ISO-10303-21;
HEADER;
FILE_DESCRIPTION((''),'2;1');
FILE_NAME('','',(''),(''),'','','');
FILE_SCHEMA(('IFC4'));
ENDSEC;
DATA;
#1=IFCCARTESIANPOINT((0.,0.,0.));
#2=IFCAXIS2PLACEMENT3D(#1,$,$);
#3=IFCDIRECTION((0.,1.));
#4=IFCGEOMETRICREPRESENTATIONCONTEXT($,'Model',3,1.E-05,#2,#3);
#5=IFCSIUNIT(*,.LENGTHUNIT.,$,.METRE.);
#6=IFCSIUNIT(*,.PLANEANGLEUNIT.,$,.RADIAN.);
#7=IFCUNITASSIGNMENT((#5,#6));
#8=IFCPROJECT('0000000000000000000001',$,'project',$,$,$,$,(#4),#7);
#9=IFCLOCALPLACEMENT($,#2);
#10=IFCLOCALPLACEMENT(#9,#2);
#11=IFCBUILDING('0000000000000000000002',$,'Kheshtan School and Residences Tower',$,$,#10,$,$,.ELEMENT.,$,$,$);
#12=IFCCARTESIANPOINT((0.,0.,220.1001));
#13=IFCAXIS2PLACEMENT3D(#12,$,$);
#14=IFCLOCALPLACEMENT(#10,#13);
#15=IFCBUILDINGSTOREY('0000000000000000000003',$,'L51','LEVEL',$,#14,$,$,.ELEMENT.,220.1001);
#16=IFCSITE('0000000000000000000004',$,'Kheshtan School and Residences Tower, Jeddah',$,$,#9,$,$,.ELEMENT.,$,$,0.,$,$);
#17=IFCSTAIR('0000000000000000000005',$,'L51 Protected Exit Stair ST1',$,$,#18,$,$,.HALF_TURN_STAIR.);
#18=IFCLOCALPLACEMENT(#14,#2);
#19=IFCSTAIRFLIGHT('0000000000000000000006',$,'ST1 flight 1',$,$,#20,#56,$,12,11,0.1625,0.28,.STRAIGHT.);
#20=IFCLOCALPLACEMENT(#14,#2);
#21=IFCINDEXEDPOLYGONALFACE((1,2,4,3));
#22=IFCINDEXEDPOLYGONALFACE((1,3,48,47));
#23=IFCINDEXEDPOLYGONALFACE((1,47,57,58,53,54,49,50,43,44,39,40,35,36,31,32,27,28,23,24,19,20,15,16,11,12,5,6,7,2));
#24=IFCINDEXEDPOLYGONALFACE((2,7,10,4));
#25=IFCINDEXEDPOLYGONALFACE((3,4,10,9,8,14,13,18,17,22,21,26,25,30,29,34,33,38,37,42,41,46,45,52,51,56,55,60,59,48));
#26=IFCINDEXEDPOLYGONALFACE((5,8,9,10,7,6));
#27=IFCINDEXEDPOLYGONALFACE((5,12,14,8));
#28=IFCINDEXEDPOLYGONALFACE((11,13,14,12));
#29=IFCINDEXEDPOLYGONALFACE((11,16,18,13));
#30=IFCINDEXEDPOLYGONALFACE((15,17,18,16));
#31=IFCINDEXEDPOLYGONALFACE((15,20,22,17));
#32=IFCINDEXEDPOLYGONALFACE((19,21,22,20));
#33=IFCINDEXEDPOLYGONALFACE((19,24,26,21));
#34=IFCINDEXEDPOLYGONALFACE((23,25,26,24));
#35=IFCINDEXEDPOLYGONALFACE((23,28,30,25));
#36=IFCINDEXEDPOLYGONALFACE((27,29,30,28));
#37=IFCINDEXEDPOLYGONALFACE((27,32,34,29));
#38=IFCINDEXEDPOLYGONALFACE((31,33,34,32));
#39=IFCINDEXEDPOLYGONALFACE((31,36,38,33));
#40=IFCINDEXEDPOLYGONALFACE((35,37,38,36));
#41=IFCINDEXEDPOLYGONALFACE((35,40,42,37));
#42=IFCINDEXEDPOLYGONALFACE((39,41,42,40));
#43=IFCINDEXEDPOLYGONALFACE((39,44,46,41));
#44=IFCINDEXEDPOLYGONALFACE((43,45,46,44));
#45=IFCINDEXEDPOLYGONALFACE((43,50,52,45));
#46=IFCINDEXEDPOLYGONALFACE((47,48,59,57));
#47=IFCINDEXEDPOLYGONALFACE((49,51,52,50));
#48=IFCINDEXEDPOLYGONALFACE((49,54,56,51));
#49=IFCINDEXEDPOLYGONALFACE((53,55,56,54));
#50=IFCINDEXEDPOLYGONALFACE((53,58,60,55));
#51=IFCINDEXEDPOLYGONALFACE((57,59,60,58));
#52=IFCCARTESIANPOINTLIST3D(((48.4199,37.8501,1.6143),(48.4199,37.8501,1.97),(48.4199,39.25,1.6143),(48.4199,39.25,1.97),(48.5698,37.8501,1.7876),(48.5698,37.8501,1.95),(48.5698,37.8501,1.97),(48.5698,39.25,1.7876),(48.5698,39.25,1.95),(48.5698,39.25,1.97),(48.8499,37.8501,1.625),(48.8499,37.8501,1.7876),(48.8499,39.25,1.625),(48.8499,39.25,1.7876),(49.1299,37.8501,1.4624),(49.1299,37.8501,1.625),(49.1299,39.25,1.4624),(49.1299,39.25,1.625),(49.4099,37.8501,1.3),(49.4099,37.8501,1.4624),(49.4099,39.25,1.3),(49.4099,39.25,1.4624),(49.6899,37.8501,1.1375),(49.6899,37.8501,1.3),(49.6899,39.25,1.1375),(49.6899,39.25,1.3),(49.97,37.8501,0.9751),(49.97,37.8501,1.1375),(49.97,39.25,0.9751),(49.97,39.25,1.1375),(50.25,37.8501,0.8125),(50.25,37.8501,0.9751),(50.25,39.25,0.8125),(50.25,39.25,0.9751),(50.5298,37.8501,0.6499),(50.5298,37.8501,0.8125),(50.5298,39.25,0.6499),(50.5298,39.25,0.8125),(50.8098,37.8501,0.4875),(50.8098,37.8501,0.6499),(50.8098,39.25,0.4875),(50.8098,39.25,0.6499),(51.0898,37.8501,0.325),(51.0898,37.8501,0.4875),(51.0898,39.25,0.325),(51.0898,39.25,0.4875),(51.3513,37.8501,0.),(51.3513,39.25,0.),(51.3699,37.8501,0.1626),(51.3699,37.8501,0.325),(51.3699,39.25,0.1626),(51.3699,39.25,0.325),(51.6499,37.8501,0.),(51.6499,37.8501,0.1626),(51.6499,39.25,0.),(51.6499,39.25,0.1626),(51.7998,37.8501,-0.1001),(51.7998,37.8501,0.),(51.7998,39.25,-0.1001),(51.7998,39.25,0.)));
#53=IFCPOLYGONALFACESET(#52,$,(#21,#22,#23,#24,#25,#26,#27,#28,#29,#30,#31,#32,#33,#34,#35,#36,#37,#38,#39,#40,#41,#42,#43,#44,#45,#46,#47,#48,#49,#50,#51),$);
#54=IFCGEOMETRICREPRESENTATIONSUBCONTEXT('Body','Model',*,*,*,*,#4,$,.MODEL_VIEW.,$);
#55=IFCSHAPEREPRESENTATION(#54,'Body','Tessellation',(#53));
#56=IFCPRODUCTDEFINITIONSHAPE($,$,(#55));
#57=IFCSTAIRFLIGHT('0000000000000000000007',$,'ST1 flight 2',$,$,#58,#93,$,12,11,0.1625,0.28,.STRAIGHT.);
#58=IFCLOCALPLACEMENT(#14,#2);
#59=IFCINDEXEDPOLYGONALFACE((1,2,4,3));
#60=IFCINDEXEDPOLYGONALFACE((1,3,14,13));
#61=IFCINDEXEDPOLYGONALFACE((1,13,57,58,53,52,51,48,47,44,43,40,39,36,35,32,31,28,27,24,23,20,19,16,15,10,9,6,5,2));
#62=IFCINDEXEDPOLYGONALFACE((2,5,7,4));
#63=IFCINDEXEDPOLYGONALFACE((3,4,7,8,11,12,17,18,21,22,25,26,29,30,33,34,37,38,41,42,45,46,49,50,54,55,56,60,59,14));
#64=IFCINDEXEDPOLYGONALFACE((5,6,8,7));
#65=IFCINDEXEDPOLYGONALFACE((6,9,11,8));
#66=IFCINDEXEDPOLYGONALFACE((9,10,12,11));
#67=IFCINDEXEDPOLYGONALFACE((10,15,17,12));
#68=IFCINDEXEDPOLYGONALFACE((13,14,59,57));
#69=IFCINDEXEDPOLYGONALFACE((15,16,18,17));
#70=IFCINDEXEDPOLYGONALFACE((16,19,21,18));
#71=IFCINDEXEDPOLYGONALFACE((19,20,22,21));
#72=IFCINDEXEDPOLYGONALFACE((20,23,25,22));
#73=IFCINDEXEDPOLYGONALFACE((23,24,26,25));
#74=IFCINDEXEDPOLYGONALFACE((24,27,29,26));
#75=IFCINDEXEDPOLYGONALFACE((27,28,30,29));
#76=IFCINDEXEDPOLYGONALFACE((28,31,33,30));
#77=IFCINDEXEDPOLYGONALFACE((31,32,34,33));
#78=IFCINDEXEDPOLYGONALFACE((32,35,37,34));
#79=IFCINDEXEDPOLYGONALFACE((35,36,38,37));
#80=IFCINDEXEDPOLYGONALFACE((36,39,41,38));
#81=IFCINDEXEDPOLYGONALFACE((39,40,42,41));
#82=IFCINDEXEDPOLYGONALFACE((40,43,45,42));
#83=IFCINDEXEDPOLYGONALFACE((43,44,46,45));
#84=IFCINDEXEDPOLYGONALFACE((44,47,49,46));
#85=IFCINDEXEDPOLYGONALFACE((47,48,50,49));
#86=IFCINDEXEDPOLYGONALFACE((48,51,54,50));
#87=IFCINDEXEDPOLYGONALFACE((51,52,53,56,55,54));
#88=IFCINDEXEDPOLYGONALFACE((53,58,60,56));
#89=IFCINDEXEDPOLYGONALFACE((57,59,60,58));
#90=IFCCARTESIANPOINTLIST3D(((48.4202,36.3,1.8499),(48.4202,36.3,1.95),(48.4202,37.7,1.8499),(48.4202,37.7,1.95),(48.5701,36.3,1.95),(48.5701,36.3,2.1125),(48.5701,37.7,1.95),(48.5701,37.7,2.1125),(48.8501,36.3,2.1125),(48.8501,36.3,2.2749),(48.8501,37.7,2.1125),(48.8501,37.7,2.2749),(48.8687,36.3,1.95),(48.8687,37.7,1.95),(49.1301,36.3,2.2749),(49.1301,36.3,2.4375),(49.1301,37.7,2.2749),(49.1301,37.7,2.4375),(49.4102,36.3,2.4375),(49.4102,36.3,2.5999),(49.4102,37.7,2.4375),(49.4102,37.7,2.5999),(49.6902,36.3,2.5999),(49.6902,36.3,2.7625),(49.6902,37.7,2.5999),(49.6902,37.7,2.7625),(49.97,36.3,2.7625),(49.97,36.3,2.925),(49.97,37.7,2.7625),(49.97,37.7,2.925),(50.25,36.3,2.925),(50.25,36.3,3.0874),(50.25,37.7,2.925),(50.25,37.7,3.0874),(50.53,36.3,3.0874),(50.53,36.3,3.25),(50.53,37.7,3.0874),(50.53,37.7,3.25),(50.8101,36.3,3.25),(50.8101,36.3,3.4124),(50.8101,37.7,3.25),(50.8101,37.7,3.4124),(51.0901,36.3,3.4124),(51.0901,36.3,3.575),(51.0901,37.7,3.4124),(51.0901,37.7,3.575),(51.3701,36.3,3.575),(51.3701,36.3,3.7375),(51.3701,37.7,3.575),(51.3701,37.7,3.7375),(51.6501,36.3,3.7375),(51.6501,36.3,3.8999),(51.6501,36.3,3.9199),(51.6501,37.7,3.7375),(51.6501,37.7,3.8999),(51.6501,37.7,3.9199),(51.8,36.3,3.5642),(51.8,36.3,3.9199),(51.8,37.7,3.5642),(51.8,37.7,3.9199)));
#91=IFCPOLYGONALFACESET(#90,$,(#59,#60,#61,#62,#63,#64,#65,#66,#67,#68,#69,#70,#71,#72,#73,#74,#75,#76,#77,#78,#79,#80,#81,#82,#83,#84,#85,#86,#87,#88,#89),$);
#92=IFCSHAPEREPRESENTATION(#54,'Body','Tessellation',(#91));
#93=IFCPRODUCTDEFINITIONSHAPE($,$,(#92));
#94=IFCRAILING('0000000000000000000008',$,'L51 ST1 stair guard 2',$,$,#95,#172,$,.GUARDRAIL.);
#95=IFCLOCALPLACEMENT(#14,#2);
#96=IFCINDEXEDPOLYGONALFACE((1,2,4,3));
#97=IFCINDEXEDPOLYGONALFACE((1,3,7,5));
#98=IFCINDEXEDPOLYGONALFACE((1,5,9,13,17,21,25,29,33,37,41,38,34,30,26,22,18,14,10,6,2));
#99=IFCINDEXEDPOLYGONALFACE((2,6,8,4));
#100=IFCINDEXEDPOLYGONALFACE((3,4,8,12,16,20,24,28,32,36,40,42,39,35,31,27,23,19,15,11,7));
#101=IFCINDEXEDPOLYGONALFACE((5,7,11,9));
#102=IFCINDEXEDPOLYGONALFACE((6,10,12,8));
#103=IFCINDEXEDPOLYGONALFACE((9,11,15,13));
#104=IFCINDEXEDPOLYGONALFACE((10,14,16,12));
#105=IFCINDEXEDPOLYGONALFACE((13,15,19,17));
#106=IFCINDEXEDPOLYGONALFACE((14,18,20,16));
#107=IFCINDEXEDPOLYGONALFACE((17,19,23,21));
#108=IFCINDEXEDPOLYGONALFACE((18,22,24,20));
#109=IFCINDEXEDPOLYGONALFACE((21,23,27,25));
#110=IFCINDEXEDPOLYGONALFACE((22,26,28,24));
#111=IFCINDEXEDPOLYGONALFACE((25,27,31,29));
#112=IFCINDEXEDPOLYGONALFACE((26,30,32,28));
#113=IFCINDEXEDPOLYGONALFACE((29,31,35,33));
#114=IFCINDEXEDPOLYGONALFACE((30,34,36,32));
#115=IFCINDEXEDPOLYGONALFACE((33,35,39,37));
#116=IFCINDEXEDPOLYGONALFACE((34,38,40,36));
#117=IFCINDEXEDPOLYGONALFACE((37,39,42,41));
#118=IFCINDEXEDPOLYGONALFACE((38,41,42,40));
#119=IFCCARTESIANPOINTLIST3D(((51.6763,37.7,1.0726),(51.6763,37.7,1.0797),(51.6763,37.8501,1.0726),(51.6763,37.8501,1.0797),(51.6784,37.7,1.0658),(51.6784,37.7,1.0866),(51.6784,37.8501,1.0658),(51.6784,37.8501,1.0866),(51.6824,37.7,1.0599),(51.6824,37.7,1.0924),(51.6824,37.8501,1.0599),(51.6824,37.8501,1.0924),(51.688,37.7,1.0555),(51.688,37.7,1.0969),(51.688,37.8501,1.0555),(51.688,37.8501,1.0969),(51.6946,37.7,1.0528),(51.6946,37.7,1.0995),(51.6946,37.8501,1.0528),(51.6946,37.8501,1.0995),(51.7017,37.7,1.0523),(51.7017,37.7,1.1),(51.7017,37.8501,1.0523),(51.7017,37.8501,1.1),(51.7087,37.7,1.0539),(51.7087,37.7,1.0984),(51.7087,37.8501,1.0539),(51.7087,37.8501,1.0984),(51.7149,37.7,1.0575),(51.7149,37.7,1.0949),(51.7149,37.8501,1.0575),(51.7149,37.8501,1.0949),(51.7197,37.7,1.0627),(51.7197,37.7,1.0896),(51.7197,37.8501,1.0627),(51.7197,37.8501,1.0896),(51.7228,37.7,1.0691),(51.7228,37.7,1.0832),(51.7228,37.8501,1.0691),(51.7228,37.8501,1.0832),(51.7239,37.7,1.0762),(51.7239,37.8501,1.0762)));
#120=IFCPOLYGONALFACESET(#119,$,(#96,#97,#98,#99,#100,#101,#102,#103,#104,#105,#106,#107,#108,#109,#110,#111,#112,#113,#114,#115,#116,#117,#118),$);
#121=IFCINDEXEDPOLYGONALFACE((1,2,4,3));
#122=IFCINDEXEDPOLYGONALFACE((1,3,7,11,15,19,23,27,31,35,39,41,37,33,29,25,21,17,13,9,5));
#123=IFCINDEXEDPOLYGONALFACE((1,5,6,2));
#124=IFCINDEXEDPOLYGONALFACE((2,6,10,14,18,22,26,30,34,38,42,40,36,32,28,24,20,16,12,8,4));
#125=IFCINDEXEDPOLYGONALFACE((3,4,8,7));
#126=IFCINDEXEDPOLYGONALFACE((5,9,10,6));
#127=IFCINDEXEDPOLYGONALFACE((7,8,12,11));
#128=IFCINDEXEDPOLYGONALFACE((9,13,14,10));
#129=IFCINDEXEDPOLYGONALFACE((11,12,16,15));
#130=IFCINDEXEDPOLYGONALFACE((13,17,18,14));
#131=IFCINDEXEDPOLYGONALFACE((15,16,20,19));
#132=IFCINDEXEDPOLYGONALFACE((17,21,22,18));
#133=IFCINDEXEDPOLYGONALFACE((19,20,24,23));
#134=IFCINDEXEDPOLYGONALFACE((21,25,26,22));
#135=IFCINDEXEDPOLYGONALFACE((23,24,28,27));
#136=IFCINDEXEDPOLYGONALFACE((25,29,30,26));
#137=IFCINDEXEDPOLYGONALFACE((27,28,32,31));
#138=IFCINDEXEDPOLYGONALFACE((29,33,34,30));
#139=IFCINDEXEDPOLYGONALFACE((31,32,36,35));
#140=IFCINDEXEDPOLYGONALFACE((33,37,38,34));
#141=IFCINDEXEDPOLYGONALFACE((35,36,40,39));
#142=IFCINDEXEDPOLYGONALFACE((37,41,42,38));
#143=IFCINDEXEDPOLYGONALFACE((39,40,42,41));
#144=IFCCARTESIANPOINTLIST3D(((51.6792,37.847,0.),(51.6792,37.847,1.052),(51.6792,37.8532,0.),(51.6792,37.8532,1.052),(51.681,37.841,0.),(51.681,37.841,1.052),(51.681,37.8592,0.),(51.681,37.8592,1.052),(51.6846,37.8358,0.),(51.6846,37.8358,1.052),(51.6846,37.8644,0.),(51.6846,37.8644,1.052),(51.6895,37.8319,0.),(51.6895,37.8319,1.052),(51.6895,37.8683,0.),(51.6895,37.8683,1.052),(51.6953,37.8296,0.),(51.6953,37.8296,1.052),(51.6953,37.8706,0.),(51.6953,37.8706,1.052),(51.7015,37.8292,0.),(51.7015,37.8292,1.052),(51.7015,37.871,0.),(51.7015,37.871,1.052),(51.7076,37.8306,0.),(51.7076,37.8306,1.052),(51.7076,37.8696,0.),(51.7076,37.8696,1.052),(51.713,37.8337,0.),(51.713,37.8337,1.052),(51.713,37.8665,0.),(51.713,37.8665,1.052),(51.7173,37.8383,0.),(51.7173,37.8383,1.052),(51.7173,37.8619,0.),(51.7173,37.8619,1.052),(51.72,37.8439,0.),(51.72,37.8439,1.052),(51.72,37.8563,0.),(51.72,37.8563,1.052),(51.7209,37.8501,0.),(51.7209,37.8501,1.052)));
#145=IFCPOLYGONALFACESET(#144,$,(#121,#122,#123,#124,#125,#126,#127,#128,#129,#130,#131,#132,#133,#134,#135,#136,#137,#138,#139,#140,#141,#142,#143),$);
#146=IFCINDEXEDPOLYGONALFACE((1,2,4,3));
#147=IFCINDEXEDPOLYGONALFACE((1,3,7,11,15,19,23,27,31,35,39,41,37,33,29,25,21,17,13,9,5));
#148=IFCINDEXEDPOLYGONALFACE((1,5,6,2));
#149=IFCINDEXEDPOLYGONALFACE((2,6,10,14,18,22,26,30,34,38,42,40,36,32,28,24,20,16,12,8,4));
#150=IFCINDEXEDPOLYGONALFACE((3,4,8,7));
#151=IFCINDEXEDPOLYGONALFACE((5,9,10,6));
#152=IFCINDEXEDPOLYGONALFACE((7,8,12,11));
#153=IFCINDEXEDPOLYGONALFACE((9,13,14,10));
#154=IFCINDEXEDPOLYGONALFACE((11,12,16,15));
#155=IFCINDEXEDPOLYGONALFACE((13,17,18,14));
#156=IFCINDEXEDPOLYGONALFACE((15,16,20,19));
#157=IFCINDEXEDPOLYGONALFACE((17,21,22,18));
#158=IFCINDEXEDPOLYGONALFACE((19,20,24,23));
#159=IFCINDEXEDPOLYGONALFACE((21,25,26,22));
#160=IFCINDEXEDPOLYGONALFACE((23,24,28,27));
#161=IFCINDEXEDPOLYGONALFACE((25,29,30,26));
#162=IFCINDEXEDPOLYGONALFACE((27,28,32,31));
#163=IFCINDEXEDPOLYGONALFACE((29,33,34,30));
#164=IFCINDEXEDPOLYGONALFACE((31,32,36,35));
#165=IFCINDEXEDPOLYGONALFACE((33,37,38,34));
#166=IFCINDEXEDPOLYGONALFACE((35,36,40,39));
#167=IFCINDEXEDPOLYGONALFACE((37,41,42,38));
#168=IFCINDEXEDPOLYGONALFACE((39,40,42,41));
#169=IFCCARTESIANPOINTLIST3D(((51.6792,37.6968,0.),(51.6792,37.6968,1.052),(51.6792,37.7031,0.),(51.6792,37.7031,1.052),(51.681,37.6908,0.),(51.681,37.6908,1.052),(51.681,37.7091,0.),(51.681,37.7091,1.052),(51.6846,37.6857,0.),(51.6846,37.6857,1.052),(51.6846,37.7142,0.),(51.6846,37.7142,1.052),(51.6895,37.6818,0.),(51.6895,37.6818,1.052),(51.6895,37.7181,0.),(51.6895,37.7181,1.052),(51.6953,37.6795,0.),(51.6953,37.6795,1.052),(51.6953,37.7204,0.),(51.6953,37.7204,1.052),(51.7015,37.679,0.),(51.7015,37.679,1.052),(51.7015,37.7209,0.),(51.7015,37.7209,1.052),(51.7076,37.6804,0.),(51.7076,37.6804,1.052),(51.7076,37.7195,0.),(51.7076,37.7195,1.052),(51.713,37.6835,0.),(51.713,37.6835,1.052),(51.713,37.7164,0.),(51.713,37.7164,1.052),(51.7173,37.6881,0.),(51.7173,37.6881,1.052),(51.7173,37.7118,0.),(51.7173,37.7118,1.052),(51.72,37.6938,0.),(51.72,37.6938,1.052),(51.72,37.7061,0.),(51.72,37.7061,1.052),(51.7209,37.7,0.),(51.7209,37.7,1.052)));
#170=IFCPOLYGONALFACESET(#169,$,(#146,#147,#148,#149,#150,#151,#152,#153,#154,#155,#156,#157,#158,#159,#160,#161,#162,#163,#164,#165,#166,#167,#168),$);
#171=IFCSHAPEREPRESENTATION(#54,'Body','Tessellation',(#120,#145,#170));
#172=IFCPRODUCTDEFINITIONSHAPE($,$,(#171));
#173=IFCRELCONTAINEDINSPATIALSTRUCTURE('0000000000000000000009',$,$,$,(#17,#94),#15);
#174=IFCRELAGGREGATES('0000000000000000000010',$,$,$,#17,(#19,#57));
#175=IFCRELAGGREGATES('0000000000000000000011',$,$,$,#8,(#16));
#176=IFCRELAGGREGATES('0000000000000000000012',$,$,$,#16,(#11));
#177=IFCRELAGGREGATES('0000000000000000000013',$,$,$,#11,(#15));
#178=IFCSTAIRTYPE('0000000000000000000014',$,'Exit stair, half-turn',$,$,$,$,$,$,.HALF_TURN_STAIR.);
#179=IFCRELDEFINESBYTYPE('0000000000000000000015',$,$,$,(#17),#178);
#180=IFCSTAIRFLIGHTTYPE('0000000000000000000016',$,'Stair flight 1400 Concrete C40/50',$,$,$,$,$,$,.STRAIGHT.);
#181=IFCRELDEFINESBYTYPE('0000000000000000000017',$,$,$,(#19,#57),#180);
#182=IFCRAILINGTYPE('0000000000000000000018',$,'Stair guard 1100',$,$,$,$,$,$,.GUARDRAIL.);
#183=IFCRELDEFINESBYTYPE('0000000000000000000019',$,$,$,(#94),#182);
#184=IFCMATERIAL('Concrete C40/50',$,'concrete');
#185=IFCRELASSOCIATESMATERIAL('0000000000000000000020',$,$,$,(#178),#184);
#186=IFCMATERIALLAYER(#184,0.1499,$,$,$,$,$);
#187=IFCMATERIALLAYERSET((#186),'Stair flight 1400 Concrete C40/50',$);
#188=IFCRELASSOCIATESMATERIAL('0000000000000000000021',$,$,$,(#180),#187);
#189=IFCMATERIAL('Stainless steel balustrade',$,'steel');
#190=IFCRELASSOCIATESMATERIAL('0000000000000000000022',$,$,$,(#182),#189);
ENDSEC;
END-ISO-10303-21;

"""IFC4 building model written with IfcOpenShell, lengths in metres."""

from ifc_helpers import new_model, si_unit, direction, frame, origin, origin_2d, place, context, subcontext, project, spatial, polyline, circle, outline, extrude, material, layer, layer_set, type_object, element, aggregate, save


model = new_model("IFC4")

# Units and contexts
model_context = context("Model", 3, precision=1e-05, world=origin(), true_north=direction((0.0, 1.0)))
body_context = subcontext(model_context, "Body", "Model", "MODEL_VIEW")
ifc_project = project(units=[si_unit("LENGTHUNIT", "METRE"), si_unit("PLANEANGLEUNIT", "RADIAN")], contexts=[model_context])

# Site, building, storey
site_placement = place(None, origin())
site = spatial("IfcSite", under=ifc_project, at=site_placement, Name="Kheshtan School and Residences Tower, Jeddah", CompositionType="ELEMENT", RefElevation=0.0)
building_placement = place(site_placement, origin())
building = spatial("IfcBuilding", under=site, at=building_placement, Name="Kheshtan School and Residences Tower", CompositionType="ELEMENT")
storey_placement = place(building_placement, frame((0.0, 0.0, 220.1001)))
storey = spatial("IfcBuildingStorey", under=building, at=storey_placement, Name="L51", Description="LEVEL", CompositionType="ELEMENT", Elevation=220.1001)

# Shared definitions
ifc_material_1 = material(Name="Concrete C40/50", Category="concrete")

# Stair, stair flights
stair_type = type_object("IfcStairType", Name="Exit stair, half-turn", PredefinedType="HALF_TURN_STAIR", material=ifc_material_1)
stair_placement = place(storey_placement, origin())
stair = element("IfcStair", 1, at=stair_placement, inside=storey, type_object=stair_type, Name="L51 Protected Exit Stair ST1", PredefinedType="HALF_TURN_STAIR")
ifc_layer_1 = layer(ifc_material_1, 0.1499)
ifc_layer_set_1 = layer_set([ifc_layer_1], Name="Stair flight 1400 Concrete C40/50")
stair_flight_type = type_object("IfcStairFlightType", Name="Stair flight 1400 Concrete C40/50", PredefinedType="STRAIGHT", material=ifc_layer_set_1)
stair_flight_1_placement = place(storey_placement, frame((51.6499, 38.55, 0.0), z_axis=(0.0, 0.0, 1.0), x_axis=(-1.0, 0.0, 0.0)))
stair_flight_1 = element("IfcStairFlight", 2, at=stair_flight_1_placement, type_object=stair_flight_type, Name="ST1 flight 1", NumberOfRisers=12, NumberOfTreads=11, PredefinedType="STRAIGHT", RiserHeight=0.1625, TreadLength=0.28, context=body_context, shape_type="SweptSolid", body=[
    extrude(outline(polyline([(-0.1499, -0.1001), (-0.1499, 0.0), (0.0, 0.0), (0.0, 0.1626), (0.28, 0.1626), (0.28, 0.325), (0.5601, 0.325), (0.5601, 0.4875), (0.8401, 0.4875), (0.8401, 0.6499), (1.1201, 0.6499), (1.1201, 0.8125), (1.3999, 0.8125), (1.3999, 0.9751), (1.6799, 0.9751), (1.6799, 1.1375), (1.96, 1.1375), (1.96, 1.3), (2.24, 1.3), (2.24, 1.4624), (2.52, 1.4624), (2.52, 1.625), (2.8, 1.625), (2.8, 1.7876), (3.0801, 1.7876), (3.0801, 1.95), (3.0801, 1.97), (3.23, 1.97), (3.23, 1.6143), (0.2986, 0.0), (-0.1499, -0.1001)])), frame((0.0, 0.7, 0.0), z_axis=(0.0, -1.0, 0.0), x_axis=(1.0, 0.0, 0.0)), (0.0, 0.0, 1.0), 1.3999),
])
stair_flight_2_placement = place(storey_placement, frame((48.5701, 37.0, 1.95), z_axis=(0.0, 0.0, 1.0), x_axis=(1.0, 0.0, 0.0)))
stair_flight_2 = element("IfcStairFlight", 3, at=stair_flight_2_placement, type_object=stair_flight_type, Name="ST1 flight 2", NumberOfRisers=12, NumberOfTreads=11, PredefinedType="STRAIGHT", RiserHeight=0.1625, TreadLength=0.28, context=body_context, shape_type="SweptSolid", body=[
    extrude(outline(polyline([(-0.1499, -0.1001), (-0.1499, 0.0), (0.0, 0.0), (0.0, 0.1626), (0.28, 0.1626), (0.28, 0.325), (0.5601, 0.325), (0.5601, 0.4875), (0.8401, 0.4875), (0.8401, 0.6499), (1.1201, 0.6499), (1.1201, 0.8125), (1.3999, 0.8125), (1.3999, 0.9751), (1.6799, 0.9751), (1.6799, 1.1375), (1.96, 1.1375), (1.96, 1.3), (2.24, 1.3), (2.24, 1.4624), (2.52, 1.4624), (2.52, 1.625), (2.8, 1.625), (2.8, 1.7876), (3.0801, 1.7876), (3.0801, 1.95), (3.0801, 1.97), (3.23, 1.97), (3.23, 1.6143), (0.2986, 0.0), (-0.1499, -0.1001)])), frame((0.0, 0.7, 0.0), z_axis=(0.0, -1.0, 0.0), x_axis=(1.0, 0.0, 0.0)), (0.0, 0.0, 1.0), 1.3999),
])
aggregate(stair, [stair_flight_1, stair_flight_2])

# Railing
ifc_material_2 = material(Name="Stainless steel balustrade", Category="steel")
railing_type_1 = type_object("IfcRailingType", Name="Stair guard 1100", PredefinedType="GUARDRAIL", material=ifc_material_2)
railing_1_placement = place(storey_placement, frame((51.7, 37.8501, 0.0)))
element("IfcRailing", 4, at=railing_1_placement, inside=storey, type_object=railing_type_1, Name="L51 ST1 stair guard 2", PredefinedType="GUARDRAIL", context=body_context, shape_type="SweptSolid", body=[
    extrude(circle(Radius=0.0239, at=origin_2d()), frame((0.0, 0.0, 1.0762), z_axis=(0.0, -1.0, 0.0), x_axis=(1.0, 0.0, 0.0)), (0.0, 0.0, 1.0), 0.1501),
    extrude(circle(Radius=0.021, at=origin_2d()), origin(), (0.0, 0.0, 1.0), 1.052),
    extrude(circle(Radius=0.021, at=origin_2d()), frame((0.0, -0.1501, 0.0)), (0.0, 0.0, 1.0), 1.052),
])

save(model, "model.ifc")
